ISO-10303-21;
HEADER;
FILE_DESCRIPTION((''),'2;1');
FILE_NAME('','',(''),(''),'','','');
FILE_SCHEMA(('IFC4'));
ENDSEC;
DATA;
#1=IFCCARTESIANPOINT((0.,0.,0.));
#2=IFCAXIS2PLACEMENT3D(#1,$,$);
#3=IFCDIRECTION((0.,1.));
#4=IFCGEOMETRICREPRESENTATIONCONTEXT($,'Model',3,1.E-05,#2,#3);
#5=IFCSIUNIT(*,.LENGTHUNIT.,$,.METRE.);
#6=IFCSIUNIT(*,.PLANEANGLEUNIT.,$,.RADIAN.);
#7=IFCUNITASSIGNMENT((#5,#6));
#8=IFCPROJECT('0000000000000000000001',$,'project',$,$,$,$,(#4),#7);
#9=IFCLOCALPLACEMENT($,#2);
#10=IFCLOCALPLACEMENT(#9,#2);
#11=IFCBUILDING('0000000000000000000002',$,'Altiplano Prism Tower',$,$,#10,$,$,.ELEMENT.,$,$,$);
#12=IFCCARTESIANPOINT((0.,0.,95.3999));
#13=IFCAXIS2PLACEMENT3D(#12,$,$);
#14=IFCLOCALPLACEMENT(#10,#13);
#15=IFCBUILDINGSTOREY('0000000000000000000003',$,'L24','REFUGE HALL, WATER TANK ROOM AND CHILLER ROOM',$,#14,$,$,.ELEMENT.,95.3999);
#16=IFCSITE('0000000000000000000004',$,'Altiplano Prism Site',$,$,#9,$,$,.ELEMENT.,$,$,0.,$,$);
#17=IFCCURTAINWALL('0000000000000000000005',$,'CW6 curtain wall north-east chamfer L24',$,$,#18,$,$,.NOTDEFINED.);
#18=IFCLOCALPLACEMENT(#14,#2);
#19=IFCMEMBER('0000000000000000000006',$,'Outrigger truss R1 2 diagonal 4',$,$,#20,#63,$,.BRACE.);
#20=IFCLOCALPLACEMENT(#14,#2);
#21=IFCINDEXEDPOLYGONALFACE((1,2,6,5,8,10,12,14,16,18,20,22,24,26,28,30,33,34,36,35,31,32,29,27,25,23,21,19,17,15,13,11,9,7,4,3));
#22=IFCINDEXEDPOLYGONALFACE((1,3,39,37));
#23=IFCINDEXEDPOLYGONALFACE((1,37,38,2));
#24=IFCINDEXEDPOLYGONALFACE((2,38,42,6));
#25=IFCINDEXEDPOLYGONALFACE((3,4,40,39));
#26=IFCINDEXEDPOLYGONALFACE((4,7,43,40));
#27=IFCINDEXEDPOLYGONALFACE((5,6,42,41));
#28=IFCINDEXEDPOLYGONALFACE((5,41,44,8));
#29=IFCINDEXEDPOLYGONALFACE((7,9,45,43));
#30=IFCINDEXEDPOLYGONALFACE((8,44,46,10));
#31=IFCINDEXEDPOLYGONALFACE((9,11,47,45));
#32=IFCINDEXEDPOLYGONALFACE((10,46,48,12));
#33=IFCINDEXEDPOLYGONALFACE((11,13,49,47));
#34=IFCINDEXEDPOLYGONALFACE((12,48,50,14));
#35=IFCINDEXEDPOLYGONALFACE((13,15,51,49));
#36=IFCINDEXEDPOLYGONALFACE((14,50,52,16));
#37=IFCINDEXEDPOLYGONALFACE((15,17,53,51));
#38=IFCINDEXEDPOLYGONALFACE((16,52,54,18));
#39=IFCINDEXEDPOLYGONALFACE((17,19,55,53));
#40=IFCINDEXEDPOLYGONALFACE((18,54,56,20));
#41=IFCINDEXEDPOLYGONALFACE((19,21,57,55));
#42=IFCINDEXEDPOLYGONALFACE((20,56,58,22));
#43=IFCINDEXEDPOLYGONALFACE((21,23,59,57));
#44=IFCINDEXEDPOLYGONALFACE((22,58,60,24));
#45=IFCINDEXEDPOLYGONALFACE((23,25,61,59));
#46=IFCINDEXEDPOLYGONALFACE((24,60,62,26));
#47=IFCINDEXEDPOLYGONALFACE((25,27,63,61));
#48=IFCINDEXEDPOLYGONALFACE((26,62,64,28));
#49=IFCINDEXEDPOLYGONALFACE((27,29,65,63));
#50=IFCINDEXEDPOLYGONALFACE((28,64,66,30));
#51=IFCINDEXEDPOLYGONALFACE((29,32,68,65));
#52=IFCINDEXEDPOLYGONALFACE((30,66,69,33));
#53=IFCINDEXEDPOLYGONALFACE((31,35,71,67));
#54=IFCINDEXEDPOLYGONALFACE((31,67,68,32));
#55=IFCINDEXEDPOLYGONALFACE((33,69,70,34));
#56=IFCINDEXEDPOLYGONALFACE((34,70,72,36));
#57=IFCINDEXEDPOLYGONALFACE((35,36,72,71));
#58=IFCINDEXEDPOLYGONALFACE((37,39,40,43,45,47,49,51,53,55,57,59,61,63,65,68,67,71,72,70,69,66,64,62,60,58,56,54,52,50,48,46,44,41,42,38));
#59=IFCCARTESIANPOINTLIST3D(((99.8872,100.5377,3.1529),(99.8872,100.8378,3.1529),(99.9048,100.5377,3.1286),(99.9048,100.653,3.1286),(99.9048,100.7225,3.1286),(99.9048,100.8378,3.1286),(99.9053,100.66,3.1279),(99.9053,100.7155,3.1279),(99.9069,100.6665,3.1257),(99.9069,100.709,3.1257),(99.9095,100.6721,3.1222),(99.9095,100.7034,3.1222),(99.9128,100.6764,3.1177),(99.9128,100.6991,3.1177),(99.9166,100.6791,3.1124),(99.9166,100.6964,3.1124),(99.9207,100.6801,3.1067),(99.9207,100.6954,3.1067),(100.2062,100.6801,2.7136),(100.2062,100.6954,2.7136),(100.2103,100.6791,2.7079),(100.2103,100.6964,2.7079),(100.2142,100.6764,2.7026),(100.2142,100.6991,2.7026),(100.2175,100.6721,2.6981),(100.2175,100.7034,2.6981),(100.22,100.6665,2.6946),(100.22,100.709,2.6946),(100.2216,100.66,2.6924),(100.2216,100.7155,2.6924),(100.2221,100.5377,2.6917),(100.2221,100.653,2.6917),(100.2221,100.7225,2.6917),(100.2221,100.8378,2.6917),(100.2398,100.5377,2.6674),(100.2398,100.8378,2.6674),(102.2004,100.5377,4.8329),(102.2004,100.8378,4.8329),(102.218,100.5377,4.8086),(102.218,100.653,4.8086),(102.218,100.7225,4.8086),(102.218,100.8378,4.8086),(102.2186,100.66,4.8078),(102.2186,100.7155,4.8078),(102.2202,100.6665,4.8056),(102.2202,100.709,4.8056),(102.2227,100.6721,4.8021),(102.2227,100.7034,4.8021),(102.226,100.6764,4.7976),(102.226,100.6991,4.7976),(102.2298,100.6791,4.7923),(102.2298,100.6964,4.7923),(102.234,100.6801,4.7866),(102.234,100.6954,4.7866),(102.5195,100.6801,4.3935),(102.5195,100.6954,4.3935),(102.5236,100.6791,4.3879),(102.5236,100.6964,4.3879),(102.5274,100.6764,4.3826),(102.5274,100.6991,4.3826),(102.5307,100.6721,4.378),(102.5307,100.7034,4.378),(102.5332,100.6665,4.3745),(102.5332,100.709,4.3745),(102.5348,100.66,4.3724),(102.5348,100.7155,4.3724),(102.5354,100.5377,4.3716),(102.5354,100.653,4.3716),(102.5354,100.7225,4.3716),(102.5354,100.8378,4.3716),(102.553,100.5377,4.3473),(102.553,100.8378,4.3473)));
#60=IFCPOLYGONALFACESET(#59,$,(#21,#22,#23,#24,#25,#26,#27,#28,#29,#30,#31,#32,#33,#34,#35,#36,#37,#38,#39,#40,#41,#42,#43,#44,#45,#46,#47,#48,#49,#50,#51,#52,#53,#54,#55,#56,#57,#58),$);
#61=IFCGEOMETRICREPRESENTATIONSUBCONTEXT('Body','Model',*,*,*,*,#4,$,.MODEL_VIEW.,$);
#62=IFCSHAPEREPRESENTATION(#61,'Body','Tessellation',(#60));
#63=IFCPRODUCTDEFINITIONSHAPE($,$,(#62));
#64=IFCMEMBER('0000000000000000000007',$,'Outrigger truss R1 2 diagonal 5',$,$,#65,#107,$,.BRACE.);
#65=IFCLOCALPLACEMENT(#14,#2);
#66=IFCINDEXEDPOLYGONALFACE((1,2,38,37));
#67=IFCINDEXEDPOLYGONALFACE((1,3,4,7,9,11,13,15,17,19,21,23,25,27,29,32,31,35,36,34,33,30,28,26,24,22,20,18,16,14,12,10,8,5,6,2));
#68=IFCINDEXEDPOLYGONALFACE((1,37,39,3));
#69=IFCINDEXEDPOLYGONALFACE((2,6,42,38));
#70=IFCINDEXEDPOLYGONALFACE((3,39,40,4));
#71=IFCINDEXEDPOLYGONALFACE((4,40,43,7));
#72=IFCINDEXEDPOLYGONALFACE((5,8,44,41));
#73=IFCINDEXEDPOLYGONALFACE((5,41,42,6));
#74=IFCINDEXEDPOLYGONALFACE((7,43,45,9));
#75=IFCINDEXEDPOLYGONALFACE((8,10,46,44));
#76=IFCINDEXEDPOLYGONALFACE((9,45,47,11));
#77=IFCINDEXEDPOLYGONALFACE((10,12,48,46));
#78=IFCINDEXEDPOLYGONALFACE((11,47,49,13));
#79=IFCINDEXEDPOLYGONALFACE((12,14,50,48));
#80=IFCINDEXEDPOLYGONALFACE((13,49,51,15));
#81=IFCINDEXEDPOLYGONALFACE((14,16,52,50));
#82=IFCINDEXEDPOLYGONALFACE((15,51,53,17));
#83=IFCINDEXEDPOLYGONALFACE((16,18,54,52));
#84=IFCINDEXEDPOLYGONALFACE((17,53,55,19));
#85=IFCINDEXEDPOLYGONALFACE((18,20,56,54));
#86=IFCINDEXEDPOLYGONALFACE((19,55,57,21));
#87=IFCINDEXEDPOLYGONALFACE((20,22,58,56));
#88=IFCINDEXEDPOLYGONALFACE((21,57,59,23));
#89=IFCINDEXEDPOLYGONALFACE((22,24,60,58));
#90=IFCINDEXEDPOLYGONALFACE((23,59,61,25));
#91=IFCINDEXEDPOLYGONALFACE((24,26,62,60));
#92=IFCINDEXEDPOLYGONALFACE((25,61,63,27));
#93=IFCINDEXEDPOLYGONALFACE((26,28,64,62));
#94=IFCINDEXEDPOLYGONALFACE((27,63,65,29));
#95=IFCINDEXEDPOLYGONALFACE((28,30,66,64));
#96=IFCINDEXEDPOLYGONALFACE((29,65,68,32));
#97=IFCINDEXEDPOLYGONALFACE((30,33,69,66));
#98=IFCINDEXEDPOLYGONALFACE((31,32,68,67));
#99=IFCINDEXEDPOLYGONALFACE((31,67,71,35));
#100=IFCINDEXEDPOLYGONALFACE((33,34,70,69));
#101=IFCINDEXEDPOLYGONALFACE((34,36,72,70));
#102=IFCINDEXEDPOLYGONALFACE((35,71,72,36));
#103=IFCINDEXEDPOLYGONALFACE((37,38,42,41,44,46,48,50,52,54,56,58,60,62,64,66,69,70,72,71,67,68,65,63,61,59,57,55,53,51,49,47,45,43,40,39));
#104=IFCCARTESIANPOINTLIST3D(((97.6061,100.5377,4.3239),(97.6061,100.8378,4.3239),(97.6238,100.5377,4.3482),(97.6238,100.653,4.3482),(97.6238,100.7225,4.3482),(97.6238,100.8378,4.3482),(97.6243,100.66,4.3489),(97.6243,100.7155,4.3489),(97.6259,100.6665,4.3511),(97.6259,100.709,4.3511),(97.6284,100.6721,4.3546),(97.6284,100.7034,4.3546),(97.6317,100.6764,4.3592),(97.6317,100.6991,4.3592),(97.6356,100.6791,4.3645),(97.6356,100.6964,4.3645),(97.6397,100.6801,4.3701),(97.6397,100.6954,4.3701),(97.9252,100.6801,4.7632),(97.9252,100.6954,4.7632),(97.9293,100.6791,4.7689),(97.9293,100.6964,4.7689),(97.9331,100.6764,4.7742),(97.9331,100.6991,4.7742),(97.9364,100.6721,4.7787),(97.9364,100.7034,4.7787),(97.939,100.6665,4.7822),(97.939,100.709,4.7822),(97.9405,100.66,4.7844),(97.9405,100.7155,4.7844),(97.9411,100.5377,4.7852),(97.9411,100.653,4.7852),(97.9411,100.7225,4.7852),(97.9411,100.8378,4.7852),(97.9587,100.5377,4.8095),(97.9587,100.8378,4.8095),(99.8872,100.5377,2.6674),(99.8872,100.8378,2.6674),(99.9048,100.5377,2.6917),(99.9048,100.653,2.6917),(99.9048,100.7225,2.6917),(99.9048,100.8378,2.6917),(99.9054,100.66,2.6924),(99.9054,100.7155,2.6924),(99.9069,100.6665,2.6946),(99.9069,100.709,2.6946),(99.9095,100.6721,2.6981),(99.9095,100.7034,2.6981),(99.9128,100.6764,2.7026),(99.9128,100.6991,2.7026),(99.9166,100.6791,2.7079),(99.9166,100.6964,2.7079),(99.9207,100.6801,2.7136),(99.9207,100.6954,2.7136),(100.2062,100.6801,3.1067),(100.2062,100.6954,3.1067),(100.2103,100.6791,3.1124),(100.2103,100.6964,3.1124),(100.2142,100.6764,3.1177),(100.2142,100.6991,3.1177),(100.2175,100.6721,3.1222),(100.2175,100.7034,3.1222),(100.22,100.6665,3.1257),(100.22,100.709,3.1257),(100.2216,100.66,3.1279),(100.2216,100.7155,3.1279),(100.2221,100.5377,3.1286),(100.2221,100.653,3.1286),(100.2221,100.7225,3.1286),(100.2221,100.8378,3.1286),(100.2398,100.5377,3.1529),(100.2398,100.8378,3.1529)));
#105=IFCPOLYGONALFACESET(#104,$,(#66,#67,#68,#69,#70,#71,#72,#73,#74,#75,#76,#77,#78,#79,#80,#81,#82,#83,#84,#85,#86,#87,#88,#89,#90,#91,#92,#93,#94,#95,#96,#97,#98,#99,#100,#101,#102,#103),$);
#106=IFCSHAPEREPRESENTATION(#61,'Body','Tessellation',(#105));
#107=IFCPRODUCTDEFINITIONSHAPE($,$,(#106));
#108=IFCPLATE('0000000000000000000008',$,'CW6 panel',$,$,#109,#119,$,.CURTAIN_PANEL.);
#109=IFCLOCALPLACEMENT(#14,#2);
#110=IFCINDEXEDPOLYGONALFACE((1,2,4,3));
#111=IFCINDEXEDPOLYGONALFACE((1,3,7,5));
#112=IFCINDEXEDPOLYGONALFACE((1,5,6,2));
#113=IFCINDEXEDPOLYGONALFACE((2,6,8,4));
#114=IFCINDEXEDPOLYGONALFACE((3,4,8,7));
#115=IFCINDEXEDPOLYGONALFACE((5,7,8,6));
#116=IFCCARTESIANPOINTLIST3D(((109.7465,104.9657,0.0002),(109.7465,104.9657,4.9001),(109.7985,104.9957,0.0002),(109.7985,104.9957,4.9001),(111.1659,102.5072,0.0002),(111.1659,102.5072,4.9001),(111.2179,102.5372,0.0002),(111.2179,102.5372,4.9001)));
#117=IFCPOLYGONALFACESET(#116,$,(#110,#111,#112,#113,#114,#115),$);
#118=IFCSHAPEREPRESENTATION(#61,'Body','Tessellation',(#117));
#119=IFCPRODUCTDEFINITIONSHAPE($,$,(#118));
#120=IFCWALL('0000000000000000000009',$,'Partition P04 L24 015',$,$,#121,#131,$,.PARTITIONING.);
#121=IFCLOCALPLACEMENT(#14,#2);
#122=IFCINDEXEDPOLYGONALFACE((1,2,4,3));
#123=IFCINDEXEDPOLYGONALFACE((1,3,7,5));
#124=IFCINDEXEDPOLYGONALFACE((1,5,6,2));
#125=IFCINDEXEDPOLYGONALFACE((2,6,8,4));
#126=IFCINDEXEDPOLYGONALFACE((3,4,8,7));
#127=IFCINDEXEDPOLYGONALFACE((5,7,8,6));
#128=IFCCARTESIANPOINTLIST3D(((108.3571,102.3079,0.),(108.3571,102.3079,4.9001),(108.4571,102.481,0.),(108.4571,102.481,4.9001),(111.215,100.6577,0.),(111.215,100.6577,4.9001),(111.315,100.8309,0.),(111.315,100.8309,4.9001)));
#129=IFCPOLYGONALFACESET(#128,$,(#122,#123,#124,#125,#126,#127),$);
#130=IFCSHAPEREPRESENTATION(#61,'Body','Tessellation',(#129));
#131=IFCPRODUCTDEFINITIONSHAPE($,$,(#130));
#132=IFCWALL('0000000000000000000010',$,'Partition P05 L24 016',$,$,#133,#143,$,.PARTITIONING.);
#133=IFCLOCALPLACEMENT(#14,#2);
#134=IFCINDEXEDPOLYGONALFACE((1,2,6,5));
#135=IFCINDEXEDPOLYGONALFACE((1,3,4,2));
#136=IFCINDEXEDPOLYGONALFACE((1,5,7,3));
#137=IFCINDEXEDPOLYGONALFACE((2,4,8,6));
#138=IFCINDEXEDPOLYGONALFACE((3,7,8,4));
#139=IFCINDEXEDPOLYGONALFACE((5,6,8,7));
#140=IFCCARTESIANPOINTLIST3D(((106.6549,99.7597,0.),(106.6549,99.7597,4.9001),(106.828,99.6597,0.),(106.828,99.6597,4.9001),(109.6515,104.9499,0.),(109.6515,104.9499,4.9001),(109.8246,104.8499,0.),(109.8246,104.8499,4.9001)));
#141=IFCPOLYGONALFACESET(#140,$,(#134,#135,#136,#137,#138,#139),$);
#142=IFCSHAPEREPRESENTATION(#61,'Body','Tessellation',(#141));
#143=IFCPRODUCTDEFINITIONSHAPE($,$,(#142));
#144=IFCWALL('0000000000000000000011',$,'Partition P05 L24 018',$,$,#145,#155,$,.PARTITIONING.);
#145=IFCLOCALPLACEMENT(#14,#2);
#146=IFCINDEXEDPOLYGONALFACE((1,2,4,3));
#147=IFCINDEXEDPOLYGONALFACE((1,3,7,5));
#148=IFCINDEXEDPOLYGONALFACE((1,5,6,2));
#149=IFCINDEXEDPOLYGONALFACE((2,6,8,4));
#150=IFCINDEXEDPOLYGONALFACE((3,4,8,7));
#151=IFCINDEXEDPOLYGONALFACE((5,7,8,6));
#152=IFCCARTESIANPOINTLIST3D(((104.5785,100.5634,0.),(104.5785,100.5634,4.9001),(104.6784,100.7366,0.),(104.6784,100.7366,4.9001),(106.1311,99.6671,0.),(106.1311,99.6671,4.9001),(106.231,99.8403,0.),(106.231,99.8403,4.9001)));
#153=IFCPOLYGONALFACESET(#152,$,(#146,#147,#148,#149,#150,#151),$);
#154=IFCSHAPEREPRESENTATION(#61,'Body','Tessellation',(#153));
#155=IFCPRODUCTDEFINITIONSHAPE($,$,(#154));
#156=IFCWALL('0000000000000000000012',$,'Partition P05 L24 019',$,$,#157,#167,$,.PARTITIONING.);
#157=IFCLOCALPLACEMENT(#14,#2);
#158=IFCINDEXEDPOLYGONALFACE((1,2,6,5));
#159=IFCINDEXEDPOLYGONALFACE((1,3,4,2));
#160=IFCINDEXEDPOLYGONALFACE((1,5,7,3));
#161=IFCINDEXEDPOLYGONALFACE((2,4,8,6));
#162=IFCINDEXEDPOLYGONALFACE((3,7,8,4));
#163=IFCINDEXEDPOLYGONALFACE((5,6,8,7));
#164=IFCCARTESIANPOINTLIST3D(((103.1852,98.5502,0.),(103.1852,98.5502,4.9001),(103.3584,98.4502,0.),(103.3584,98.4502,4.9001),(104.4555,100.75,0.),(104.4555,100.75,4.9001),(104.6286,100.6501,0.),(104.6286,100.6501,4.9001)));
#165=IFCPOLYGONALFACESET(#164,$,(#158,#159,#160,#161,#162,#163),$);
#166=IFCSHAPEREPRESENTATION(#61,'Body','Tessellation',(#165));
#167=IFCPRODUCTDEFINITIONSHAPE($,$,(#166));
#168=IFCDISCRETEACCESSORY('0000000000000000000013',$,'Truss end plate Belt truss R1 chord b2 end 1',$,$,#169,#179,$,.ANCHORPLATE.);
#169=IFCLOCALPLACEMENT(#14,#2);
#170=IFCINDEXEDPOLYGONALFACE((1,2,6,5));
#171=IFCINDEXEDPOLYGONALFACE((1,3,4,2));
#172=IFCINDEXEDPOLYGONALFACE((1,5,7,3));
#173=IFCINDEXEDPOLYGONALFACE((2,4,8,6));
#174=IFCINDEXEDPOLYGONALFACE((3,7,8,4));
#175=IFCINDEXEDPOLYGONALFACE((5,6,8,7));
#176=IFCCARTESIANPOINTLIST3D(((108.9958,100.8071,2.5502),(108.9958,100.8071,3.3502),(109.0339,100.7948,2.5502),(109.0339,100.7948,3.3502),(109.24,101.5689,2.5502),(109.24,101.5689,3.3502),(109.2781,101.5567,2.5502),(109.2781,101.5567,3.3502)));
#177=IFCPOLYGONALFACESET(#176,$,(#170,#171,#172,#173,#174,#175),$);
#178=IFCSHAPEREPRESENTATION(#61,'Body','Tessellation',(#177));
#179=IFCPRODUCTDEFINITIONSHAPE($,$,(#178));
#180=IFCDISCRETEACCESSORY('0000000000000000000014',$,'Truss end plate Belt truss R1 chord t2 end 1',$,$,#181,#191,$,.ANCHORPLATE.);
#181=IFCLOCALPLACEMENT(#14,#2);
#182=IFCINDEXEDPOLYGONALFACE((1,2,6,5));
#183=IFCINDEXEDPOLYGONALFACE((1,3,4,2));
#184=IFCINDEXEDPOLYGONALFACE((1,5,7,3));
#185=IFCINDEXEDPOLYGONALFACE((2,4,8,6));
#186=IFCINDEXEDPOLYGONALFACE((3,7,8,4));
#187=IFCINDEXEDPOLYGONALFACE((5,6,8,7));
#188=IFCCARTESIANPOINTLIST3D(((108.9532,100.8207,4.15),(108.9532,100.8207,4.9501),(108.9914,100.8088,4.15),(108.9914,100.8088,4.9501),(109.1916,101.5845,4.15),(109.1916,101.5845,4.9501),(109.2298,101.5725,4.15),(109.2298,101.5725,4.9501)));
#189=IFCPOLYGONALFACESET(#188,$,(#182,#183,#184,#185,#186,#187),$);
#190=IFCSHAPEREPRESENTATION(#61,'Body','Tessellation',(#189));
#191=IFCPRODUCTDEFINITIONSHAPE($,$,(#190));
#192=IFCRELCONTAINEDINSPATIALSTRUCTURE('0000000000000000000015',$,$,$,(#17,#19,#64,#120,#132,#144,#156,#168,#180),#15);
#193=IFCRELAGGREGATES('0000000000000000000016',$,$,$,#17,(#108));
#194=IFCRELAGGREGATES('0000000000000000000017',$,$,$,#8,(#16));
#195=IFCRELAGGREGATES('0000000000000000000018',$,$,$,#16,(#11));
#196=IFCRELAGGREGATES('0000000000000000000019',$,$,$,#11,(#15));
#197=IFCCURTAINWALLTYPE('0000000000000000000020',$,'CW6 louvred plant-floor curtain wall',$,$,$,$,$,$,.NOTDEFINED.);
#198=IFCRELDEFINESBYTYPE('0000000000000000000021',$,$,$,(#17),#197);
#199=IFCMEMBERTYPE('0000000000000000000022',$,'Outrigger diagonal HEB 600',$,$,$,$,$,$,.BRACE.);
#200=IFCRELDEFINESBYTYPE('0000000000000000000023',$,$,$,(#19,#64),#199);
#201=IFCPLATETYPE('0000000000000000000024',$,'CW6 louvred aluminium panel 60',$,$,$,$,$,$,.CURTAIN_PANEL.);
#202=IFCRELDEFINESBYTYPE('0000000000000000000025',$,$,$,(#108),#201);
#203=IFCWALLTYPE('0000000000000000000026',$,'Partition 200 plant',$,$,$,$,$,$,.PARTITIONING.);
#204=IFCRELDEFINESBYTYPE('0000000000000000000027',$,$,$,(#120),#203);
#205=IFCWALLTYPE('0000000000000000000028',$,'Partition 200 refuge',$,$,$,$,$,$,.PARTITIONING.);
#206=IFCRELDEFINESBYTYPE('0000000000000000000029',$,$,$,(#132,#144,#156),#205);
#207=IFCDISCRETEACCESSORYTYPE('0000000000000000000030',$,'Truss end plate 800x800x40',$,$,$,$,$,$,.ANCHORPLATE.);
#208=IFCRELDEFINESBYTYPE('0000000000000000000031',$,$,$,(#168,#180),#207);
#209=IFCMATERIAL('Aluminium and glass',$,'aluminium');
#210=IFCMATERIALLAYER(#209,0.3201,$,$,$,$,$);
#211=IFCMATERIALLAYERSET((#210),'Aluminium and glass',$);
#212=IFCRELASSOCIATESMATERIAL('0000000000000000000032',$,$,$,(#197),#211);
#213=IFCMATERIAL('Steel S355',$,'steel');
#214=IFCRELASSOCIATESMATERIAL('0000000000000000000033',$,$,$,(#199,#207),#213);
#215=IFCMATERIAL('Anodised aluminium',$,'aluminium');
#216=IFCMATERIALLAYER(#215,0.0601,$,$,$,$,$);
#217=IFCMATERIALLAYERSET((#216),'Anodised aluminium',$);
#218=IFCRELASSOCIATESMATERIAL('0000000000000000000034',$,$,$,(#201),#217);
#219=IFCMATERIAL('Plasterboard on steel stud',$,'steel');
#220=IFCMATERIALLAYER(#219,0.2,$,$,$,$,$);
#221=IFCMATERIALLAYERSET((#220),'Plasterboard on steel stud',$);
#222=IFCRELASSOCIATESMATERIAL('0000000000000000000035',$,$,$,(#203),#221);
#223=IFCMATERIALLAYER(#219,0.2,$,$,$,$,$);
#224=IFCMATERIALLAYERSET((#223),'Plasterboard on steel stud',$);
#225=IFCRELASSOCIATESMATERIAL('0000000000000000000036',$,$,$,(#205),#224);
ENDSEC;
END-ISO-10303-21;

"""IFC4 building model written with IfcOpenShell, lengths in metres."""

from ifc_helpers import new_model, si_unit, direction, frame, frame_2d, origin, origin_2d, place, context, subcontext, project, spatial, rectangle, i_section, extrude, material, layer, layer_set, material_profile, profile_set, type_object, element, aggregate, save


model = new_model("IFC4")

# Units and contexts
model_context = context("Model", 3, precision=1e-05, world=origin(), true_north=direction((0.0, 1.0)))
body_context = subcontext(model_context, "Body", "Model", "MODEL_VIEW")
ifc_project = project(units=[si_unit("LENGTHUNIT", "METRE"), si_unit("PLANEANGLEUNIT", "RADIAN")], contexts=[model_context])

# Site, building, storey
site_placement = place(None, origin())
site = spatial("IfcSite", under=ifc_project, at=site_placement, Name="Altiplano Prism Site", CompositionType="ELEMENT", RefElevation=0.0)
building_placement = place(site_placement, origin())
building = spatial("IfcBuilding", under=site, at=building_placement, Name="Altiplano Prism Tower", CompositionType="ELEMENT")
storey_placement = place(building_placement, frame((0.0, 0.0, 95.3999)))
storey = spatial("IfcBuildingStorey", under=building, at=storey_placement, Name="L24", Description="REFUGE HALL, WATER TANK ROOM AND CHILLER ROOM", CompositionType="ELEMENT", Elevation=95.3999)

# Shared definitions
ifc_material_1 = material(Name="Steel S355", Category="steel")

# Curtain wall
ifc_material_2 = material(Name="Aluminium and glass", Category="aluminium")
ifc_layer_1 = layer(ifc_material_2, 0.3201)
ifc_layer_set_1 = layer_set([ifc_layer_1], Name="Aluminium and glass")
curtain_wall_type = type_object("IfcCurtainWallType", Name="CW6 louvred plant-floor curtain wall", PredefinedType="NOTDEFINED", material=ifc_layer_set_1)
curtain_wall_placement = place(storey_placement, origin())
curtain_wall = element("IfcCurtainWall", 1, at=curtain_wall_placement, inside=storey, type_object=curtain_wall_type, Name="CW6 curtain wall north-east chamfer L24", PredefinedType="NOTDEFINED")

# Members
ifc_material_profile_1 = material_profile(ifc_material_1, i_section(OverallWidth=0.3, OverallDepth=0.6001, WebThickness=0.0154, FlangeThickness=0.03, FilletRadius=0.0271, at=origin_2d()), Name="Outrigger diagonal HEB 600")
ifc_profile_set_1 = profile_set([ifc_material_profile_1], Name="Steel S355")
member_type_1 = type_object("IfcMemberType", Name="Outrigger diagonal HEB 600", PredefinedType="BRACE", material=ifc_profile_set_1)
member_1_placement = place(storey_placement, frame((102.3767, 100.6877, 4.5901), z_axis=(-0.809138, 0.0, -0.587618), x_axis=(0.0, -1.0, 0.0)))
element("IfcMember", 2, at=member_1_placement, inside=storey, type_object=member_type_1, Name="Outrigger truss R1 2 diagonal 4", PredefinedType="BRACE", context=body_context, shape_type="SweptSolid", body=[
    extrude(i_section(OverallWidth=0.3, OverallDepth=0.6001, WebThickness=0.0154, FlangeThickness=0.03, FilletRadius=0.0271, at=origin_2d()), origin(), (0.0, 0.0, 1.0), 2.8589),
])
member_2_placement = place(storey_placement, frame((100.0635, 100.6877, 2.9102), z_axis=(-0.809144, 0.0, 0.58761), x_axis=(0.0, -1.0, 0.0)))
element("IfcMember", 3, at=member_2_placement, inside=storey, type_object=member_type_1, Name="Outrigger truss R1 2 diagonal 5", PredefinedType="BRACE", context=body_context, shape_type="SweptSolid", body=[
    extrude(i_section(OverallWidth=0.3, OverallDepth=0.6001, WebThickness=0.0154, FlangeThickness=0.03, FilletRadius=0.0271, at=origin_2d()), origin(), (0.0, 0.0, 1.0), 2.8191),
])

# Plate
ifc_material_3 = material(Name="Anodised aluminium", Category="aluminium")
ifc_layer_2 = layer(ifc_material_3, 0.0601)
ifc_layer_set_2 = layer_set([ifc_layer_2], Name="Anodised aluminium")
plate_type = type_object("IfcPlateType", Name="CW6 louvred aluminium panel 60", PredefinedType="CURTAIN_PANEL", material=ifc_layer_set_2)
plate_placement = place(storey_placement, frame((110.4822, 103.7515, 0.0002), z_axis=(0.0, 0.0, 1.0), x_axis=(-0.5, 0.866025, 0.0)))
plate = element("IfcPlate", 4, at=plate_placement, type_object=plate_type, Name="CW6 panel", PredefinedType="CURTAIN_PANEL", context=body_context, shape_type="SweptSolid", body=[
    extrude(rectangle(XDim=2.8389, YDim=0.0601, at=origin_2d()), origin(), (0.0, 0.0, 1.0), 4.8999),
])
aggregate(curtain_wall, [plate])

# Walls
ifc_material_4 = material(Name="Plasterboard on steel stud", Category="steel")
ifc_layer_3 = layer(ifc_material_4, 0.2)
ifc_layer_set_3 = layer_set([ifc_layer_3], Name="Plasterboard on steel stud")
wall_type_1 = type_object("IfcWallType", Name="Partition 200 plant", PredefinedType="PARTITIONING", material=ifc_layer_set_3)
wall_1_placement = place(storey_placement, frame((111.2649, 100.7444, 0.0), z_axis=(0.0, 0.0, 1.0), x_axis=(-0.866008, 0.50003, 0.0)))
element("IfcWall", 5, at=wall_1_placement, inside=storey, type_object=wall_type_1, Name="Partition P04 L24 015", PredefinedType="PARTITIONING", context=body_context, shape_type="SweptSolid", body=[
    extrude(rectangle(XDim=3.3, YDim=0.2, at=frame_2d((1.6499, 0.0))), origin(), (0.0, 0.0, 1.0), 4.9001),
])
ifc_layer_4 = layer(ifc_material_4, 0.2)
ifc_layer_set_4 = layer_set([ifc_layer_4], Name="Plasterboard on steel stud")
wall_type_2 = type_object("IfcWallType", Name="Partition 200 refuge", PredefinedType="PARTITIONING", material=ifc_layer_set_4)
wall_2_placement = place(storey_placement, frame((109.738, 104.8999, 0.0), z_axis=(0.0, 0.0, 1.0), x_axis=(-0.500003, -0.866023, 0.0)))
element("IfcWall", 6, at=wall_2_placement, inside=storey, type_object=wall_type_2, Name="Partition P05 L24 016", PredefinedType="PARTITIONING", context=body_context, shape_type="SweptSolid", body=[
    extrude(rectangle(XDim=5.9932, YDim=0.2, at=frame_2d((2.9966, 0.0))), origin(), (0.0, 0.0, 1.0), 4.9001),
])
wall_3_placement = place(storey_placement, frame((106.1812, 99.7537, 0.0), z_axis=(0.0, 0.0, 1.0), x_axis=(-0.866047, 0.499962, 0.0)))
element("IfcWall", 7, at=wall_3_placement, inside=storey, type_object=wall_type_2, Name="Partition P05 L24 018", PredefinedType="PARTITIONING", context=body_context, shape_type="SweptSolid", body=[
    extrude(rectangle(XDim=1.7927, YDim=0.2, at=frame_2d((0.8965, 0.0))), origin(), (0.0, 0.0, 1.0), 4.9001),
])
wall_4_placement = place(storey_placement, frame((104.542, 100.7, 0.0), z_axis=(0.0, 0.0, 1.0), x_axis=(-0.500036, -0.866005, 0.0)))
element("IfcWall", 8, at=wall_4_placement, inside=storey, type_object=wall_type_2, Name="Partition P05 L24 019", PredefinedType="PARTITIONING", context=body_context, shape_type="SweptSolid", body=[
    extrude(rectangle(XDim=2.5403, YDim=0.2, at=frame_2d((1.27, 0.0))), origin(), (0.0, 0.0, 1.0), 4.9001),
])

# Discrete accessories
ifc_material_profile_2 = material_profile(ifc_material_1, rectangle(XDim=0.8, YDim=0.8, at=origin_2d()), Name="Truss end plate 800x800x40")
ifc_profile_set_2 = profile_set([ifc_material_profile_2], Name="Steel S355")
discrete_accessory_type = type_object("IfcDiscreteAccessoryType", Name="Truss end plate 800x800x40", PredefinedType="ANCHORPLATE", material=ifc_profile_set_2)
for number, where, z_axis, x_axis, name in (
    (9, (109.156, 101.1758, 2.9502), (-0.952282, 0.305219, 0.0), (-0.305219, -0.952282, 0.0), "Truss end plate Belt truss R1 chord b2 end 1"),
    (10, (109.1106, 101.1907, 4.55), (-0.954588, 0.297929, 0.0), (-0.297929, -0.954588, 0.0), "Truss end plate Belt truss R1 chord t2 end 1"),
):
    element("IfcDiscreteAccessory", number, at=place(storey_placement, frame(where, z_axis=z_axis, x_axis=x_axis)), inside=storey, type_object=discrete_accessory_type, Name=name, PredefinedType="ANCHORPLATE", context=body_context, shape_type="SweptSolid", body=[
        extrude(rectangle(XDim=0.8, YDim=0.8, at=origin_2d()), origin(), (0.0, 0.0, 1.0), 0.04),
    ])

save(model, "model.ifc")
